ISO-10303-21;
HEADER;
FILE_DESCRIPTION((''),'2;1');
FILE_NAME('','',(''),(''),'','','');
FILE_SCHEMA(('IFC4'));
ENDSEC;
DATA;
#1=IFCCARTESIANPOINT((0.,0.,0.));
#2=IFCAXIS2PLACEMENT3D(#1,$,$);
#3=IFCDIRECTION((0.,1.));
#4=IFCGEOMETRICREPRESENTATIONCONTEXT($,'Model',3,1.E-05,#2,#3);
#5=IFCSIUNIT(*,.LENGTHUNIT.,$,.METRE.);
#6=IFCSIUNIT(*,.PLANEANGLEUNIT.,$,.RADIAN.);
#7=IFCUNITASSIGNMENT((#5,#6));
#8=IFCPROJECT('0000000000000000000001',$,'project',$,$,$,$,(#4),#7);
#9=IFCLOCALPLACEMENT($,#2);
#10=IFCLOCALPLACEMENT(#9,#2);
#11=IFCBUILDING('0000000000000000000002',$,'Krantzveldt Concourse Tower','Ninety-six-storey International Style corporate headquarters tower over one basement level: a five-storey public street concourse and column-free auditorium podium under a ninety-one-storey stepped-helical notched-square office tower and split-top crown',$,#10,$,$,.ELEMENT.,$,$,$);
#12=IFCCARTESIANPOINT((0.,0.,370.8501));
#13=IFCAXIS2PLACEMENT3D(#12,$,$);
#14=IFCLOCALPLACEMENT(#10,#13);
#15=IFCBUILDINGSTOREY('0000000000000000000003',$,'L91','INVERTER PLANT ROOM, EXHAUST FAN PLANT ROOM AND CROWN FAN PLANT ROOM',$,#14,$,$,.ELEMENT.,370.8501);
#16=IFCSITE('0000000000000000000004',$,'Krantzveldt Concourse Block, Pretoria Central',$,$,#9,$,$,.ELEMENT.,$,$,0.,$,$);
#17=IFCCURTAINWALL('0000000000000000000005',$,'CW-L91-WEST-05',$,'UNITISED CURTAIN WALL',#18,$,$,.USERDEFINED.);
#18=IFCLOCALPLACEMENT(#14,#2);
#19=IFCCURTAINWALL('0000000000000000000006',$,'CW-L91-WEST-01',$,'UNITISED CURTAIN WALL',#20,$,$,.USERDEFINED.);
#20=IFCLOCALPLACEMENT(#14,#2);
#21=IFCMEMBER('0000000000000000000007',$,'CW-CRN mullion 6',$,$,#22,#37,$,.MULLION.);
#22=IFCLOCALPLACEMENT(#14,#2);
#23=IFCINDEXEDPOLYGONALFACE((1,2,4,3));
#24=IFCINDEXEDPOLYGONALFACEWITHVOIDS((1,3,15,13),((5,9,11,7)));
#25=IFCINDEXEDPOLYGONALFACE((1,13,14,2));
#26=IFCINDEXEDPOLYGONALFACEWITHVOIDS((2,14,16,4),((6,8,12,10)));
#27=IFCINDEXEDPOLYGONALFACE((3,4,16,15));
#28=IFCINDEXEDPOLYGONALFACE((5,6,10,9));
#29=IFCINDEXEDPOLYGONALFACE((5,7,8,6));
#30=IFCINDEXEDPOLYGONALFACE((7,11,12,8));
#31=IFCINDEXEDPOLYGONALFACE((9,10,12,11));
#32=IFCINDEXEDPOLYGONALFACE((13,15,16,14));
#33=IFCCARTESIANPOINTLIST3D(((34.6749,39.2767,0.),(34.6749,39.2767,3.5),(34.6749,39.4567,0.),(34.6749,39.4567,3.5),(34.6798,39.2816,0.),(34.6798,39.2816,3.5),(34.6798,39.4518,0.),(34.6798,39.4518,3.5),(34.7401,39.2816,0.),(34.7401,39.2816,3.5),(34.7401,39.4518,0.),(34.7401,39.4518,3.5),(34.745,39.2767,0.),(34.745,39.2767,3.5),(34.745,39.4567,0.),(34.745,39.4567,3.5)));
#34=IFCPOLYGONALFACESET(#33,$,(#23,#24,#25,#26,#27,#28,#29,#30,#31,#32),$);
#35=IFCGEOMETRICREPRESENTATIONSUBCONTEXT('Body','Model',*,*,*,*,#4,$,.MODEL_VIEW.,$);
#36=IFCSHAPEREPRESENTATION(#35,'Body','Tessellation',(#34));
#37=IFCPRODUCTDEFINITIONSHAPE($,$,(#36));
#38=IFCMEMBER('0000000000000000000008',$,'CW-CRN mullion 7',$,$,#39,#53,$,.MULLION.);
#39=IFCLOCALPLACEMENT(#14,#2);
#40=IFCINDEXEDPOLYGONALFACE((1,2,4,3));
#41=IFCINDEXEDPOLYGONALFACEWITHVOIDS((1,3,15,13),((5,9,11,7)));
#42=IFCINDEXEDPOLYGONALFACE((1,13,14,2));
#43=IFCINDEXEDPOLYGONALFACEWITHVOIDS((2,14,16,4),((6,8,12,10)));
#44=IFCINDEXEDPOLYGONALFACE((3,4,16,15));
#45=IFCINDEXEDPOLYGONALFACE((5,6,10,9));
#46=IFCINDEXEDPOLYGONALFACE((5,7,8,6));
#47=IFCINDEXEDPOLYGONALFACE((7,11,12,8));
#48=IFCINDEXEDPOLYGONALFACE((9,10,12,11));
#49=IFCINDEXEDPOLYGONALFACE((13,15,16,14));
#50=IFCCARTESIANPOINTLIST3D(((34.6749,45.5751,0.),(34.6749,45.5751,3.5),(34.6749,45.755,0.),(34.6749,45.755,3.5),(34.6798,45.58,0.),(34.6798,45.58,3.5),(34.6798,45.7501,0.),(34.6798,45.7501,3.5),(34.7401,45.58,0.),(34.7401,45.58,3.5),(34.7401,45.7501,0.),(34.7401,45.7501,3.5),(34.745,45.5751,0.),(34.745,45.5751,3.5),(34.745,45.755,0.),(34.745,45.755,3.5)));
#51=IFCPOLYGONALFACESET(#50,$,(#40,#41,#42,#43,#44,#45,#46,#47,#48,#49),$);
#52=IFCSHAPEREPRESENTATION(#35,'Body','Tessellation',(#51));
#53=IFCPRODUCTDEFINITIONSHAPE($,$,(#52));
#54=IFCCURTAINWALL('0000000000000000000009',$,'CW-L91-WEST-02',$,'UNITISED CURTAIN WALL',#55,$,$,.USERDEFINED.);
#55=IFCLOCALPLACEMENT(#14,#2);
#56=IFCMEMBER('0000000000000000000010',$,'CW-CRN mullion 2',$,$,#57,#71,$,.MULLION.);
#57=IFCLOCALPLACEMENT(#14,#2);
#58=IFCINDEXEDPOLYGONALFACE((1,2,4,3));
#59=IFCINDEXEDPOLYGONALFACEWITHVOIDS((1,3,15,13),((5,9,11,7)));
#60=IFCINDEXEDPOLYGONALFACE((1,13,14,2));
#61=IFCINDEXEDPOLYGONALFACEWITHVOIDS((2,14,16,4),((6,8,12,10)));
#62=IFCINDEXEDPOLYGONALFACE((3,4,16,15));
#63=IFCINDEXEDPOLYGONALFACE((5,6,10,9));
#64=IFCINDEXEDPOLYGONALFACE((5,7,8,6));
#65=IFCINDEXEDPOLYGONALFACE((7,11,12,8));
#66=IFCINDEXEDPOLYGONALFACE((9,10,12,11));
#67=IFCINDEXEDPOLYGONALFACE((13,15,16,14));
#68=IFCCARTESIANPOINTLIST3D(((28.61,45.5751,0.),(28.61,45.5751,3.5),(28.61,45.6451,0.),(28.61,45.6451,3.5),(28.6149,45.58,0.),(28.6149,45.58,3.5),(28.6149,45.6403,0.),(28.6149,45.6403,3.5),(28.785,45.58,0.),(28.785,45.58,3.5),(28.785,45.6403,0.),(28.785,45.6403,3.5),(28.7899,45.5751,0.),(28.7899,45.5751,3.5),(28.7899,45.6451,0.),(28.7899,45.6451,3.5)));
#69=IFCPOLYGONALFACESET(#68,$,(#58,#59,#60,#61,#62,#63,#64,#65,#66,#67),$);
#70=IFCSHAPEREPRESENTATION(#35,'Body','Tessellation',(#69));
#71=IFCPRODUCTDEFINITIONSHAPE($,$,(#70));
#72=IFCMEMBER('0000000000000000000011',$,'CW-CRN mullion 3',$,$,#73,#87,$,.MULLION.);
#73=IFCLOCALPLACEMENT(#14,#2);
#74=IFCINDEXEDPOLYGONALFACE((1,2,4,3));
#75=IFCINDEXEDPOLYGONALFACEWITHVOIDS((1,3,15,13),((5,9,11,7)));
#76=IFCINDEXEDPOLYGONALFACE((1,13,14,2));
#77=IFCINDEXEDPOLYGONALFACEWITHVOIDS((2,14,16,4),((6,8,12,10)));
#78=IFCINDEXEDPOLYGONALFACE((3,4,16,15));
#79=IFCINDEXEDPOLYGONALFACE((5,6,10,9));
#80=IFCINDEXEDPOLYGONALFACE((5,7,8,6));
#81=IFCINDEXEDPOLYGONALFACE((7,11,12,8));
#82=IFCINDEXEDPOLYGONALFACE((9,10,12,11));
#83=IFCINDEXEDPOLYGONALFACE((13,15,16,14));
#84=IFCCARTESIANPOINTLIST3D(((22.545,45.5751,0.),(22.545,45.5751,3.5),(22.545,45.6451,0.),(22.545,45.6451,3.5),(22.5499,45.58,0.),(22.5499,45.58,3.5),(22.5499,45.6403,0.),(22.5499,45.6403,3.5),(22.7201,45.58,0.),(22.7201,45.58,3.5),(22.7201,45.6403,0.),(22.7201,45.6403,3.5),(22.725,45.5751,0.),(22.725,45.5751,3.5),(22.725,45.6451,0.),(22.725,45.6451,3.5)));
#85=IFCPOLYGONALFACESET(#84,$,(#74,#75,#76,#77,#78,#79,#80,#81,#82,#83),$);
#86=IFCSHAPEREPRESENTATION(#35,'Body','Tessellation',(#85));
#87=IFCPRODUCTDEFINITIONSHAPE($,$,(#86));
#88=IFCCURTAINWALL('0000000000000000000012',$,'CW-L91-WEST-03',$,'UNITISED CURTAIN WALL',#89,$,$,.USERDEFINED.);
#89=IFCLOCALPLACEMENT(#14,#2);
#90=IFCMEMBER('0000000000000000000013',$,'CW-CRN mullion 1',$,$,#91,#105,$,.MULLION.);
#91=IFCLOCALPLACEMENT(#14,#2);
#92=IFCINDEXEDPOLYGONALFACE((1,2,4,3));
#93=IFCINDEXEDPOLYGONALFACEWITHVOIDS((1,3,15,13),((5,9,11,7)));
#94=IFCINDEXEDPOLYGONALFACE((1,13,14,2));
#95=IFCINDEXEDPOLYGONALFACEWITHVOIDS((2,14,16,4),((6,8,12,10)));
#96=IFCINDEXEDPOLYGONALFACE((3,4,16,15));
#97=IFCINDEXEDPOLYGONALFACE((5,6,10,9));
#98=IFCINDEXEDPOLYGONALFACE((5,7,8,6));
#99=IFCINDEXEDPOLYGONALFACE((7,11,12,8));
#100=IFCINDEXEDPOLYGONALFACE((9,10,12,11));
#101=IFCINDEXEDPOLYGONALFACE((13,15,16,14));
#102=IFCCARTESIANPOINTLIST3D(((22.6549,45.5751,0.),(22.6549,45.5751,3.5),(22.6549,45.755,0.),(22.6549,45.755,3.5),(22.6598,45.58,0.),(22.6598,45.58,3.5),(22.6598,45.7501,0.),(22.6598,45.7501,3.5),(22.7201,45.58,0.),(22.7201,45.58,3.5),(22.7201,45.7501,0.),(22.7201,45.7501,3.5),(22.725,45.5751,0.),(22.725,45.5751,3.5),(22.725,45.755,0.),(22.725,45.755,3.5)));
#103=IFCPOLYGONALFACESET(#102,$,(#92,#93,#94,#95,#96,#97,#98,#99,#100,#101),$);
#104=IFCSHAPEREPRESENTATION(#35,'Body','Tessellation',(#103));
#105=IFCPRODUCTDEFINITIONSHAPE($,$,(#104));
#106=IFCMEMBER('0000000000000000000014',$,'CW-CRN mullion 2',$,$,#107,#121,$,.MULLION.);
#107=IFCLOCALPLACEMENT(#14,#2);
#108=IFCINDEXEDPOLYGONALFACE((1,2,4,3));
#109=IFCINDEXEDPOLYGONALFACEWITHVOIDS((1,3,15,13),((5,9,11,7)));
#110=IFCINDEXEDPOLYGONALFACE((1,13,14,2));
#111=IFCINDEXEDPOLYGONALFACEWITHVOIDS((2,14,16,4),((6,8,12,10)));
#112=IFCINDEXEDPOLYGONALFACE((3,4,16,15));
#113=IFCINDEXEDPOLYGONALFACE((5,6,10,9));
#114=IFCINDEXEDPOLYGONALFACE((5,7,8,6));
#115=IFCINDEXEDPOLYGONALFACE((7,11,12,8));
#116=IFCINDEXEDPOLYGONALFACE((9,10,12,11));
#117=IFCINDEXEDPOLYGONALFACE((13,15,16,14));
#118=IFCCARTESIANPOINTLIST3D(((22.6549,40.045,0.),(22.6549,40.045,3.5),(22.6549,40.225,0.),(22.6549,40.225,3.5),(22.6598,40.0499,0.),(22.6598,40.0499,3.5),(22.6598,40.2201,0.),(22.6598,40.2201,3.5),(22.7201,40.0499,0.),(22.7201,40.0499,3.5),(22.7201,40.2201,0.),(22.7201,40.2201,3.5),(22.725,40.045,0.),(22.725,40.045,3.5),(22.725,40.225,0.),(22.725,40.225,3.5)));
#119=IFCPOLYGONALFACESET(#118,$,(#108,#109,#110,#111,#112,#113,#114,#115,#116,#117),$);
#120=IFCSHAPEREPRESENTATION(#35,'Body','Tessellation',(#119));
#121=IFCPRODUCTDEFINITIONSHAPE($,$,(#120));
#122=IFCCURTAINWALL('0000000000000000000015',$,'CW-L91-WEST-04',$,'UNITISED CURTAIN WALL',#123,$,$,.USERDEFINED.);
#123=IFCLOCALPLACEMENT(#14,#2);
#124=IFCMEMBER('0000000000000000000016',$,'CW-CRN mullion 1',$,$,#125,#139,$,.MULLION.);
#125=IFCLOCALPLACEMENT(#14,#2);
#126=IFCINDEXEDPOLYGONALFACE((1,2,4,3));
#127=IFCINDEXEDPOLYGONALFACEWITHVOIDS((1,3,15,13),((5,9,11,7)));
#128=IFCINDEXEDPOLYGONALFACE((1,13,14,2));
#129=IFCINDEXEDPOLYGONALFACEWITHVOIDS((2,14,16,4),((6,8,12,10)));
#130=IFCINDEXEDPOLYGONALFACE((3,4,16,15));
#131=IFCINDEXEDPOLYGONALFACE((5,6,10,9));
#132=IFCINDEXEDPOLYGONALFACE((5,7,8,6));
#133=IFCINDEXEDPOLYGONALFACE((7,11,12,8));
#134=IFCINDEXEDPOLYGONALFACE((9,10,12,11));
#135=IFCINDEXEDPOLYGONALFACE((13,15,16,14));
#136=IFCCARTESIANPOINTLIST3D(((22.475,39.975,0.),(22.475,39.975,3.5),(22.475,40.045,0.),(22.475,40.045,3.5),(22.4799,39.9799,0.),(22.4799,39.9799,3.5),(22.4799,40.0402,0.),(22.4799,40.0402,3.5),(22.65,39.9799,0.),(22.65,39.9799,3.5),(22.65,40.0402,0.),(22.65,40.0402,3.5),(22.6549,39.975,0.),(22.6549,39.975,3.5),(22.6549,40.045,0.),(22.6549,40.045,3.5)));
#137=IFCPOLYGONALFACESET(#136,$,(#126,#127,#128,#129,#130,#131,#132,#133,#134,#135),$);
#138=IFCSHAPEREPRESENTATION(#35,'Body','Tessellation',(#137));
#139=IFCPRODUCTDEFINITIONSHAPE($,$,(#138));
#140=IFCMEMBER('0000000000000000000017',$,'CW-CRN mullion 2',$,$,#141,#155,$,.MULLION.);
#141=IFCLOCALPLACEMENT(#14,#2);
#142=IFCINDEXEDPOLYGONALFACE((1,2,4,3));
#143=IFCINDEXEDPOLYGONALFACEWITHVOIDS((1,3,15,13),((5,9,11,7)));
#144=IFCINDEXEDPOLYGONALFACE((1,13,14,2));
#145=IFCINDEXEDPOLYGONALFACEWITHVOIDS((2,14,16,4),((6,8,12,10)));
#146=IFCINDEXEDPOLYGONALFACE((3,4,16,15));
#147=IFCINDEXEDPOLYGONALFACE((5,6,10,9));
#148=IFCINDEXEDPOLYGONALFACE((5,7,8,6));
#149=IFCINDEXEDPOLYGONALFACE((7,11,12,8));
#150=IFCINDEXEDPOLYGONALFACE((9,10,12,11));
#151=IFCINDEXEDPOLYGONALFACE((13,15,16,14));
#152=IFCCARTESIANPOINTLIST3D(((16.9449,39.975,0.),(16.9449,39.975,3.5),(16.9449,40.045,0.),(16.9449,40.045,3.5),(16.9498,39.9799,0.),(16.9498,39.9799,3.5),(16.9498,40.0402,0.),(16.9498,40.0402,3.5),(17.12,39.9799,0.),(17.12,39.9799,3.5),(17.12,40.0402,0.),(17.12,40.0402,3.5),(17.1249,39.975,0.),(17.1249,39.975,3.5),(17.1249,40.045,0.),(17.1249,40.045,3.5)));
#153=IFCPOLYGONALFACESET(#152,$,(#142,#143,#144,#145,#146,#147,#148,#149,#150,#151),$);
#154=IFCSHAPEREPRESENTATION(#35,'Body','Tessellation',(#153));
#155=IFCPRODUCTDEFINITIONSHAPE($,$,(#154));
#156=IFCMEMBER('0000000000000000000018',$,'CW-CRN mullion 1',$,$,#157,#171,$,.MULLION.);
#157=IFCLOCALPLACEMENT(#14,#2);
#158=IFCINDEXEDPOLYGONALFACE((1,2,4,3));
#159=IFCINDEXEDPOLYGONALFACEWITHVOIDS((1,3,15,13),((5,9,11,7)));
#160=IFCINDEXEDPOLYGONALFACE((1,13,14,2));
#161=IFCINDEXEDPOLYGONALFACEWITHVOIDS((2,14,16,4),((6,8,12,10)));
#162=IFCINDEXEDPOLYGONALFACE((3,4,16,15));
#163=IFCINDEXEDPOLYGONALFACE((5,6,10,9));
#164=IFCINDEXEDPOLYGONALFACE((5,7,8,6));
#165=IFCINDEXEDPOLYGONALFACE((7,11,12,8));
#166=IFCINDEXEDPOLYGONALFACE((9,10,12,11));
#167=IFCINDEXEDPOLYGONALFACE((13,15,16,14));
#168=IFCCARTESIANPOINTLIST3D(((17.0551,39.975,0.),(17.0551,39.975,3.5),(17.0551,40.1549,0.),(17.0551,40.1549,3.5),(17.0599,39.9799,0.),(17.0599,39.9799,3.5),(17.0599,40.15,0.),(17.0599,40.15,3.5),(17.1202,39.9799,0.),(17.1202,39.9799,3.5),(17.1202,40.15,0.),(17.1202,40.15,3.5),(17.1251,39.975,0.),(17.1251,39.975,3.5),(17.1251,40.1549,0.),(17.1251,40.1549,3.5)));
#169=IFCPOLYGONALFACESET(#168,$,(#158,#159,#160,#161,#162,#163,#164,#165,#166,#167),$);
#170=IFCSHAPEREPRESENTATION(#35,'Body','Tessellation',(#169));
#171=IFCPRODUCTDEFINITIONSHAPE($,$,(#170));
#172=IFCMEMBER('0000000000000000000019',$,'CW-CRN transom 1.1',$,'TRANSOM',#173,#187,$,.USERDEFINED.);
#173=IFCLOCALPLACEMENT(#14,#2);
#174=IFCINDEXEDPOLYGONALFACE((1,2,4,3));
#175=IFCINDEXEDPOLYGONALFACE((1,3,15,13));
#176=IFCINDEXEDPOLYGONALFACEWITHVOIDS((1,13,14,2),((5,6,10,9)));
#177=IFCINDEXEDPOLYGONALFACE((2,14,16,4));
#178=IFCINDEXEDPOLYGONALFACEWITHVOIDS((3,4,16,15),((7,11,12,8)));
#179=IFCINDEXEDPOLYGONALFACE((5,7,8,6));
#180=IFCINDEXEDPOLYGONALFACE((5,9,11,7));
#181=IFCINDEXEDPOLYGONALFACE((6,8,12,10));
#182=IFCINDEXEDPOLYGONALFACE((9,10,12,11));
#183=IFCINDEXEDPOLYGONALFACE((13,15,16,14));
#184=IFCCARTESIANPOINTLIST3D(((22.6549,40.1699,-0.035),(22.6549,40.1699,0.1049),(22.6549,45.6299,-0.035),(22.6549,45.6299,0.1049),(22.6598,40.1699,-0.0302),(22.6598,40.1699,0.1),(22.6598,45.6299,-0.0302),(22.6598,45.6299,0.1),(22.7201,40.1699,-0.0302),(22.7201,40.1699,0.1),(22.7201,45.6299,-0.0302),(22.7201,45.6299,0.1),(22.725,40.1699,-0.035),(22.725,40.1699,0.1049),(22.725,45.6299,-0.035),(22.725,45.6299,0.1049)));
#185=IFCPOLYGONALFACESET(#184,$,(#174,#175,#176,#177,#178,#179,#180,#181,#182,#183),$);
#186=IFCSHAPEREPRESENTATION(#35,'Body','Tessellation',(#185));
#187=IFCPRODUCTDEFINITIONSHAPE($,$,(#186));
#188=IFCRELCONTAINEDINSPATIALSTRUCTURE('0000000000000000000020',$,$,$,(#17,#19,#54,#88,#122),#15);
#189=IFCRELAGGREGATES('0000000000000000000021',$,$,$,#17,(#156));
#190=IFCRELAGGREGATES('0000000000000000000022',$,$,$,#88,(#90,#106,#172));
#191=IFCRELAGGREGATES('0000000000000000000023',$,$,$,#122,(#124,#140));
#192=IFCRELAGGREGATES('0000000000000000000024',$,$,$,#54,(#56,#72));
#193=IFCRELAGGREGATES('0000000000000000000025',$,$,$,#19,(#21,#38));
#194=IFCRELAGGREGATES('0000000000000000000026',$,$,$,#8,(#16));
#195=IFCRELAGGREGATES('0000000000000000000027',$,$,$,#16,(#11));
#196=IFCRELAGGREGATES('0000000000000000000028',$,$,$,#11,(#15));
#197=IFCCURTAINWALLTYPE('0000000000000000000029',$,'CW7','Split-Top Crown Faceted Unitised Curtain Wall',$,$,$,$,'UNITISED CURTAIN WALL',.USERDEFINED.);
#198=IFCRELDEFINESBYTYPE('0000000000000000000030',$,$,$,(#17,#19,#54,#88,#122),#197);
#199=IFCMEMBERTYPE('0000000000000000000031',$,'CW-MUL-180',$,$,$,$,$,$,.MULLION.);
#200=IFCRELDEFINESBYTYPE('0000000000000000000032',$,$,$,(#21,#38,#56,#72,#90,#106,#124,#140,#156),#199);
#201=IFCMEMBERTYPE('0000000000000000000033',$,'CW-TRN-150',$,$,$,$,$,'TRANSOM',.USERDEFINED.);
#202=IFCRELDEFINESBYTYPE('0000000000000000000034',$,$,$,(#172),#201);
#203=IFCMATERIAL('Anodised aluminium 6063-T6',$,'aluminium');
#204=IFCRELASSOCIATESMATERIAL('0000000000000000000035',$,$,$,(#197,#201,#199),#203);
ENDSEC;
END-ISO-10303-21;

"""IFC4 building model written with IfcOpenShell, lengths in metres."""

from ifc_helpers import new_model, si_unit, direction, frame, origin, origin_2d, place, context, subcontext, project, spatial, hollow_rectangle, extrude, source, transform, mapped, material, material_profile, profile_set, type_object, type_shapes, element, aggregate, save


model = new_model("IFC4")

# Units and contexts
model_context = context("Model", 3, precision=1e-05, world=origin(), true_north=direction((0.0, 1.0)))
body_context = subcontext(model_context, "Body", "Model", "MODEL_VIEW")
ifc_project = project(units=[si_unit("LENGTHUNIT", "METRE"), si_unit("PLANEANGLEUNIT", "RADIAN")], contexts=[model_context])

# Site, building, storey
site_placement = place(None, origin())
site = spatial("IfcSite", under=ifc_project, at=site_placement, Name="Krantzveldt Concourse Block, Pretoria Central", CompositionType="ELEMENT", RefElevation=0.0)
building_placement = place(site_placement, origin())
building = spatial("IfcBuilding", under=site, at=building_placement, Name="Krantzveldt Concourse Tower", Description="Ninety-six-storey International Style corporate headquarters tower over one basement level: a five-storey public street concourse and column-free auditorium podium under a ninety-one-storey stepped-helical notched-square office tower and split-top crown", CompositionType="ELEMENT")
storey_placement = place(building_placement, frame((0.0, 0.0, 370.8501)))
storey = spatial("IfcBuildingStorey", under=building, at=storey_placement, Name="L91", Description="INVERTER PLANT ROOM, EXHAUST FAN PLANT ROOM AND CROWN FAN PLANT ROOM", CompositionType="ELEMENT", Elevation=370.8501)

# Curtain walls, members
ifc_material_1 = material(Name="Anodised aluminium 6063-T6", Category="aluminium")
curtain_wall_type = type_object("IfcCurtainWallType", Name="CW7", Description="Split-Top Crown Faceted Unitised Curtain Wall", ElementType="UNITISED CURTAIN WALL", PredefinedType="USERDEFINED", material=ifc_material_1)
curtain_wall_1_placement = place(storey_placement, origin())
curtain_wall_1 = element("IfcCurtainWall", 1, at=curtain_wall_1_placement, inside=storey, type_object=curtain_wall_type, Name="CW-L91-WEST-05", ObjectType="UNITISED CURTAIN WALL", PredefinedType="USERDEFINED")
ifc_material_profile_1 = material_profile(ifc_material_1, hollow_rectangle(XDim=0.0701, YDim=0.1399, WallThickness=0.0049, at=origin_2d()), Name="Anodised aluminium 6063-T6", Category="aluminium")
ifc_profile_set_1 = profile_set([ifc_material_profile_1], Name="Anodised aluminium 6063-T6 - ALU-TRAN 140x70x5")
member_type_1 = type_object("IfcMemberType", Name="CW-TRN-150", ElementType="TRANSOM", PredefinedType="USERDEFINED", material=ifc_profile_set_1)
curtain_wall_2_placement = place(storey_placement, origin())
curtain_wall_2 = element("IfcCurtainWall", 2, at=curtain_wall_2_placement, inside=storey, type_object=curtain_wall_type, Name="CW-L91-WEST-01", ObjectType="UNITISED CURTAIN WALL", PredefinedType="USERDEFINED")
ifc_material_profile_2 = material_profile(ifc_material_1, hollow_rectangle(XDim=0.0701, YDim=0.1799, WallThickness=0.0049, at=origin_2d()), Name="Anodised aluminium 6063-T6", Category="aluminium")
ifc_profile_set_2 = profile_set([ifc_material_profile_2], Name="Anodised aluminium 6063-T6 - ALU-MULL 180x70x5")
member_type_2 = type_object("IfcMemberType", Name="CW-MUL-180", PredefinedType="MULLION", material=ifc_profile_set_2)
shared_shape_1 = source(origin(), body_context, "Body", "SweptSolid", [
    extrude(hollow_rectangle(XDim=0.0701, YDim=0.1799, WallThickness=0.0049, at=origin_2d()), origin(), (0.0, 0.0, 1.0), 3.5),
])
type_shapes(member_type_2, [shared_shape_1])
member_1_placement = place(storey_placement, frame((34.71, 39.3667, 0.0), z_axis=(0.0, 0.0, 1.0), x_axis=(-1.0, 0.0, 0.0)))
member_1 = element("IfcMember", 3, at=member_1_placement, type_object=member_type_2, Name="CW-CRN mullion 6", PredefinedType="MULLION", context=body_context, shape_type="MappedRepresentation", body=[
    mapped(shared_shape_1, transform((0.0, 0.0, 0.0), x_axis=(1.0, 0.0, 0.0), y_axis=(0.0, 1.0, 0.0), z_axis=(0.0, 0.0, 1.0), scale=1.0)),
])
member_2_placement = place(storey_placement, frame((34.71, 45.665, 0.0), z_axis=(0.0, 0.0, 1.0), x_axis=(-1.0, 0.0, 0.0)))
member_2 = element("IfcMember", 4, at=member_2_placement, type_object=member_type_2, Name="CW-CRN mullion 7", PredefinedType="MULLION", context=body_context, shape_type="MappedRepresentation", body=[
    mapped(shared_shape_1, transform((0.0, 0.0, 0.0), x_axis=(1.0, 0.0, 0.0), y_axis=(0.0, 1.0, 0.0), z_axis=(0.0, 0.0, 1.0), scale=1.0)),
])
curtain_wall_3_placement = place(storey_placement, origin())
curtain_wall_3 = element("IfcCurtainWall", 5, at=curtain_wall_3_placement, inside=storey, type_object=curtain_wall_type, Name="CW-L91-WEST-02", ObjectType="UNITISED CURTAIN WALL", PredefinedType="USERDEFINED")
member_3_placement = place(storey_placement, frame((28.7, 45.6101, 0.0), z_axis=(0.0, 0.0, 1.0), x_axis=(0.0, -1.0, 0.0)))
member_3 = element("IfcMember", 6, at=member_3_placement, type_object=member_type_2, Name="CW-CRN mullion 2", PredefinedType="MULLION", context=body_context, shape_type="MappedRepresentation", body=[
    mapped(shared_shape_1, transform((0.0, 0.0, 0.0), x_axis=(1.0, 0.0, 0.0), y_axis=(0.0, 1.0, 0.0), z_axis=(0.0, 0.0, 1.0), scale=1.0)),
])
member_4_placement = place(storey_placement, frame((22.635, 45.6101, 0.0), z_axis=(0.0, 0.0, 1.0), x_axis=(0.0, -1.0, 0.0)))
member_4 = element("IfcMember", 7, at=member_4_placement, type_object=member_type_2, Name="CW-CRN mullion 3", PredefinedType="MULLION", context=body_context, shape_type="MappedRepresentation", body=[
    mapped(shared_shape_1, transform((0.0, 0.0, 0.0), x_axis=(1.0, 0.0, 0.0), y_axis=(0.0, 1.0, 0.0), z_axis=(0.0, 0.0, 1.0), scale=1.0)),
])
curtain_wall_4_placement = place(storey_placement, origin())
curtain_wall_4 = element("IfcCurtainWall", 8, at=curtain_wall_4_placement, inside=storey, type_object=curtain_wall_type, Name="CW-L91-WEST-03", ObjectType="UNITISED CURTAIN WALL", PredefinedType="USERDEFINED")
member_5_placement = place(storey_placement, frame((22.6899, 45.665, 0.0), z_axis=(0.0, 0.0, 1.0), x_axis=(1.0, 0.0, 0.0)))
member_5 = element("IfcMember", 9, at=member_5_placement, type_object=member_type_2, Name="CW-CRN mullion 1", PredefinedType="MULLION", context=body_context, shape_type="MappedRepresentation", body=[
    mapped(shared_shape_1, transform((0.0, 0.0, 0.0), x_axis=(1.0, 0.0, 0.0), y_axis=(0.0, 1.0, 0.0), z_axis=(0.0, 0.0, 1.0), scale=1.0)),
])
member_6_placement = place(storey_placement, frame((22.6899, 40.135, 0.0), z_axis=(0.0, 0.0, 1.0), x_axis=(1.0, 0.0, 0.0)))
member_6 = element("IfcMember", 10, at=member_6_placement, type_object=member_type_2, Name="CW-CRN mullion 2", PredefinedType="MULLION", context=body_context, shape_type="MappedRepresentation", body=[
    mapped(shared_shape_1, transform((0.0, 0.0, 0.0), x_axis=(1.0, 0.0, 0.0), y_axis=(0.0, 1.0, 0.0), z_axis=(0.0, 0.0, 1.0), scale=1.0)),
])
curtain_wall_5_placement = place(storey_placement, origin())
curtain_wall_5 = element("IfcCurtainWall", 11, at=curtain_wall_5_placement, inside=storey, type_object=curtain_wall_type, Name="CW-L91-WEST-04", ObjectType="UNITISED CURTAIN WALL", PredefinedType="USERDEFINED")
member_7_placement = place(storey_placement, frame((22.5649, 40.01, 0.0), z_axis=(0.0, 0.0, 1.0), x_axis=(0.0, -1.0, 0.0)))
member_7 = element("IfcMember", 12, at=member_7_placement, type_object=member_type_2, Name="CW-CRN mullion 1", PredefinedType="MULLION", context=body_context, shape_type="MappedRepresentation", body=[
    mapped(shared_shape_1, transform((0.0, 0.0, 0.0), x_axis=(1.0, 0.0, 0.0), y_axis=(0.0, 1.0, 0.0), z_axis=(0.0, 0.0, 1.0), scale=1.0)),
])
member_8_placement = place(storey_placement, frame((17.0349, 40.01, 0.0), z_axis=(0.0, 0.0, 1.0), x_axis=(0.0, -1.0, 0.0)))
member_8 = element("IfcMember", 13, at=member_8_placement, type_object=member_type_2, Name="CW-CRN mullion 2", PredefinedType="MULLION", context=body_context, shape_type="MappedRepresentation", body=[
    mapped(shared_shape_1, transform((0.0, 0.0, 0.0), x_axis=(1.0, 0.0, 0.0), y_axis=(0.0, 1.0, 0.0), z_axis=(0.0, 0.0, 1.0), scale=1.0)),
])

# Members
member_9_placement = place(storey_placement, frame((17.0901, 40.0649, 0.0), z_axis=(0.0, 0.0, 1.0), x_axis=(1.0, 0.0, 0.0)))
member_9 = element("IfcMember", 14, at=member_9_placement, type_object=member_type_2, Name="CW-CRN mullion 1", PredefinedType="MULLION", context=body_context, shape_type="MappedRepresentation", body=[
    mapped(shared_shape_1, transform((0.0, 0.0, 0.0), x_axis=(1.0, 0.0, 0.0), y_axis=(0.0, 1.0, 0.0), z_axis=(0.0, 0.0, 1.0), scale=1.0)),
])
aggregate(curtain_wall_1, [member_9])
shared_shape_2 = source(origin(), body_context, "Body", "SweptSolid", [
    extrude(hollow_rectangle(XDim=0.0701, YDim=0.1399, WallThickness=0.0049, at=origin_2d()), origin(), (0.0, 0.0, 1.0), 5.46),
])
member_10_placement = place(storey_placement, frame((22.6899, 45.6299, 0.0349), z_axis=(0.0, -1.0, 0.0), x_axis=(1.0, 0.0, 0.0)))
member_10 = element("IfcMember", 15, at=member_10_placement, type_object=member_type_1, Name="CW-CRN transom 1.1", ObjectType="TRANSOM", PredefinedType="USERDEFINED", context=body_context, shape_type="MappedRepresentation", body=[
    mapped(shared_shape_2, transform((0.0, 0.0, 0.0), x_axis=(1.0, 0.0, 0.0), y_axis=(0.0, 1.0, 0.0), z_axis=(0.0, 0.0, 1.0), scale=1.0)),
])

aggregate(curtain_wall_4, [member_5, member_6, member_10])
aggregate(curtain_wall_5, [member_7, member_8])
aggregate(curtain_wall_3, [member_3, member_4])
aggregate(curtain_wall_2, [member_1, member_2])

save(model, "model.ifc")
